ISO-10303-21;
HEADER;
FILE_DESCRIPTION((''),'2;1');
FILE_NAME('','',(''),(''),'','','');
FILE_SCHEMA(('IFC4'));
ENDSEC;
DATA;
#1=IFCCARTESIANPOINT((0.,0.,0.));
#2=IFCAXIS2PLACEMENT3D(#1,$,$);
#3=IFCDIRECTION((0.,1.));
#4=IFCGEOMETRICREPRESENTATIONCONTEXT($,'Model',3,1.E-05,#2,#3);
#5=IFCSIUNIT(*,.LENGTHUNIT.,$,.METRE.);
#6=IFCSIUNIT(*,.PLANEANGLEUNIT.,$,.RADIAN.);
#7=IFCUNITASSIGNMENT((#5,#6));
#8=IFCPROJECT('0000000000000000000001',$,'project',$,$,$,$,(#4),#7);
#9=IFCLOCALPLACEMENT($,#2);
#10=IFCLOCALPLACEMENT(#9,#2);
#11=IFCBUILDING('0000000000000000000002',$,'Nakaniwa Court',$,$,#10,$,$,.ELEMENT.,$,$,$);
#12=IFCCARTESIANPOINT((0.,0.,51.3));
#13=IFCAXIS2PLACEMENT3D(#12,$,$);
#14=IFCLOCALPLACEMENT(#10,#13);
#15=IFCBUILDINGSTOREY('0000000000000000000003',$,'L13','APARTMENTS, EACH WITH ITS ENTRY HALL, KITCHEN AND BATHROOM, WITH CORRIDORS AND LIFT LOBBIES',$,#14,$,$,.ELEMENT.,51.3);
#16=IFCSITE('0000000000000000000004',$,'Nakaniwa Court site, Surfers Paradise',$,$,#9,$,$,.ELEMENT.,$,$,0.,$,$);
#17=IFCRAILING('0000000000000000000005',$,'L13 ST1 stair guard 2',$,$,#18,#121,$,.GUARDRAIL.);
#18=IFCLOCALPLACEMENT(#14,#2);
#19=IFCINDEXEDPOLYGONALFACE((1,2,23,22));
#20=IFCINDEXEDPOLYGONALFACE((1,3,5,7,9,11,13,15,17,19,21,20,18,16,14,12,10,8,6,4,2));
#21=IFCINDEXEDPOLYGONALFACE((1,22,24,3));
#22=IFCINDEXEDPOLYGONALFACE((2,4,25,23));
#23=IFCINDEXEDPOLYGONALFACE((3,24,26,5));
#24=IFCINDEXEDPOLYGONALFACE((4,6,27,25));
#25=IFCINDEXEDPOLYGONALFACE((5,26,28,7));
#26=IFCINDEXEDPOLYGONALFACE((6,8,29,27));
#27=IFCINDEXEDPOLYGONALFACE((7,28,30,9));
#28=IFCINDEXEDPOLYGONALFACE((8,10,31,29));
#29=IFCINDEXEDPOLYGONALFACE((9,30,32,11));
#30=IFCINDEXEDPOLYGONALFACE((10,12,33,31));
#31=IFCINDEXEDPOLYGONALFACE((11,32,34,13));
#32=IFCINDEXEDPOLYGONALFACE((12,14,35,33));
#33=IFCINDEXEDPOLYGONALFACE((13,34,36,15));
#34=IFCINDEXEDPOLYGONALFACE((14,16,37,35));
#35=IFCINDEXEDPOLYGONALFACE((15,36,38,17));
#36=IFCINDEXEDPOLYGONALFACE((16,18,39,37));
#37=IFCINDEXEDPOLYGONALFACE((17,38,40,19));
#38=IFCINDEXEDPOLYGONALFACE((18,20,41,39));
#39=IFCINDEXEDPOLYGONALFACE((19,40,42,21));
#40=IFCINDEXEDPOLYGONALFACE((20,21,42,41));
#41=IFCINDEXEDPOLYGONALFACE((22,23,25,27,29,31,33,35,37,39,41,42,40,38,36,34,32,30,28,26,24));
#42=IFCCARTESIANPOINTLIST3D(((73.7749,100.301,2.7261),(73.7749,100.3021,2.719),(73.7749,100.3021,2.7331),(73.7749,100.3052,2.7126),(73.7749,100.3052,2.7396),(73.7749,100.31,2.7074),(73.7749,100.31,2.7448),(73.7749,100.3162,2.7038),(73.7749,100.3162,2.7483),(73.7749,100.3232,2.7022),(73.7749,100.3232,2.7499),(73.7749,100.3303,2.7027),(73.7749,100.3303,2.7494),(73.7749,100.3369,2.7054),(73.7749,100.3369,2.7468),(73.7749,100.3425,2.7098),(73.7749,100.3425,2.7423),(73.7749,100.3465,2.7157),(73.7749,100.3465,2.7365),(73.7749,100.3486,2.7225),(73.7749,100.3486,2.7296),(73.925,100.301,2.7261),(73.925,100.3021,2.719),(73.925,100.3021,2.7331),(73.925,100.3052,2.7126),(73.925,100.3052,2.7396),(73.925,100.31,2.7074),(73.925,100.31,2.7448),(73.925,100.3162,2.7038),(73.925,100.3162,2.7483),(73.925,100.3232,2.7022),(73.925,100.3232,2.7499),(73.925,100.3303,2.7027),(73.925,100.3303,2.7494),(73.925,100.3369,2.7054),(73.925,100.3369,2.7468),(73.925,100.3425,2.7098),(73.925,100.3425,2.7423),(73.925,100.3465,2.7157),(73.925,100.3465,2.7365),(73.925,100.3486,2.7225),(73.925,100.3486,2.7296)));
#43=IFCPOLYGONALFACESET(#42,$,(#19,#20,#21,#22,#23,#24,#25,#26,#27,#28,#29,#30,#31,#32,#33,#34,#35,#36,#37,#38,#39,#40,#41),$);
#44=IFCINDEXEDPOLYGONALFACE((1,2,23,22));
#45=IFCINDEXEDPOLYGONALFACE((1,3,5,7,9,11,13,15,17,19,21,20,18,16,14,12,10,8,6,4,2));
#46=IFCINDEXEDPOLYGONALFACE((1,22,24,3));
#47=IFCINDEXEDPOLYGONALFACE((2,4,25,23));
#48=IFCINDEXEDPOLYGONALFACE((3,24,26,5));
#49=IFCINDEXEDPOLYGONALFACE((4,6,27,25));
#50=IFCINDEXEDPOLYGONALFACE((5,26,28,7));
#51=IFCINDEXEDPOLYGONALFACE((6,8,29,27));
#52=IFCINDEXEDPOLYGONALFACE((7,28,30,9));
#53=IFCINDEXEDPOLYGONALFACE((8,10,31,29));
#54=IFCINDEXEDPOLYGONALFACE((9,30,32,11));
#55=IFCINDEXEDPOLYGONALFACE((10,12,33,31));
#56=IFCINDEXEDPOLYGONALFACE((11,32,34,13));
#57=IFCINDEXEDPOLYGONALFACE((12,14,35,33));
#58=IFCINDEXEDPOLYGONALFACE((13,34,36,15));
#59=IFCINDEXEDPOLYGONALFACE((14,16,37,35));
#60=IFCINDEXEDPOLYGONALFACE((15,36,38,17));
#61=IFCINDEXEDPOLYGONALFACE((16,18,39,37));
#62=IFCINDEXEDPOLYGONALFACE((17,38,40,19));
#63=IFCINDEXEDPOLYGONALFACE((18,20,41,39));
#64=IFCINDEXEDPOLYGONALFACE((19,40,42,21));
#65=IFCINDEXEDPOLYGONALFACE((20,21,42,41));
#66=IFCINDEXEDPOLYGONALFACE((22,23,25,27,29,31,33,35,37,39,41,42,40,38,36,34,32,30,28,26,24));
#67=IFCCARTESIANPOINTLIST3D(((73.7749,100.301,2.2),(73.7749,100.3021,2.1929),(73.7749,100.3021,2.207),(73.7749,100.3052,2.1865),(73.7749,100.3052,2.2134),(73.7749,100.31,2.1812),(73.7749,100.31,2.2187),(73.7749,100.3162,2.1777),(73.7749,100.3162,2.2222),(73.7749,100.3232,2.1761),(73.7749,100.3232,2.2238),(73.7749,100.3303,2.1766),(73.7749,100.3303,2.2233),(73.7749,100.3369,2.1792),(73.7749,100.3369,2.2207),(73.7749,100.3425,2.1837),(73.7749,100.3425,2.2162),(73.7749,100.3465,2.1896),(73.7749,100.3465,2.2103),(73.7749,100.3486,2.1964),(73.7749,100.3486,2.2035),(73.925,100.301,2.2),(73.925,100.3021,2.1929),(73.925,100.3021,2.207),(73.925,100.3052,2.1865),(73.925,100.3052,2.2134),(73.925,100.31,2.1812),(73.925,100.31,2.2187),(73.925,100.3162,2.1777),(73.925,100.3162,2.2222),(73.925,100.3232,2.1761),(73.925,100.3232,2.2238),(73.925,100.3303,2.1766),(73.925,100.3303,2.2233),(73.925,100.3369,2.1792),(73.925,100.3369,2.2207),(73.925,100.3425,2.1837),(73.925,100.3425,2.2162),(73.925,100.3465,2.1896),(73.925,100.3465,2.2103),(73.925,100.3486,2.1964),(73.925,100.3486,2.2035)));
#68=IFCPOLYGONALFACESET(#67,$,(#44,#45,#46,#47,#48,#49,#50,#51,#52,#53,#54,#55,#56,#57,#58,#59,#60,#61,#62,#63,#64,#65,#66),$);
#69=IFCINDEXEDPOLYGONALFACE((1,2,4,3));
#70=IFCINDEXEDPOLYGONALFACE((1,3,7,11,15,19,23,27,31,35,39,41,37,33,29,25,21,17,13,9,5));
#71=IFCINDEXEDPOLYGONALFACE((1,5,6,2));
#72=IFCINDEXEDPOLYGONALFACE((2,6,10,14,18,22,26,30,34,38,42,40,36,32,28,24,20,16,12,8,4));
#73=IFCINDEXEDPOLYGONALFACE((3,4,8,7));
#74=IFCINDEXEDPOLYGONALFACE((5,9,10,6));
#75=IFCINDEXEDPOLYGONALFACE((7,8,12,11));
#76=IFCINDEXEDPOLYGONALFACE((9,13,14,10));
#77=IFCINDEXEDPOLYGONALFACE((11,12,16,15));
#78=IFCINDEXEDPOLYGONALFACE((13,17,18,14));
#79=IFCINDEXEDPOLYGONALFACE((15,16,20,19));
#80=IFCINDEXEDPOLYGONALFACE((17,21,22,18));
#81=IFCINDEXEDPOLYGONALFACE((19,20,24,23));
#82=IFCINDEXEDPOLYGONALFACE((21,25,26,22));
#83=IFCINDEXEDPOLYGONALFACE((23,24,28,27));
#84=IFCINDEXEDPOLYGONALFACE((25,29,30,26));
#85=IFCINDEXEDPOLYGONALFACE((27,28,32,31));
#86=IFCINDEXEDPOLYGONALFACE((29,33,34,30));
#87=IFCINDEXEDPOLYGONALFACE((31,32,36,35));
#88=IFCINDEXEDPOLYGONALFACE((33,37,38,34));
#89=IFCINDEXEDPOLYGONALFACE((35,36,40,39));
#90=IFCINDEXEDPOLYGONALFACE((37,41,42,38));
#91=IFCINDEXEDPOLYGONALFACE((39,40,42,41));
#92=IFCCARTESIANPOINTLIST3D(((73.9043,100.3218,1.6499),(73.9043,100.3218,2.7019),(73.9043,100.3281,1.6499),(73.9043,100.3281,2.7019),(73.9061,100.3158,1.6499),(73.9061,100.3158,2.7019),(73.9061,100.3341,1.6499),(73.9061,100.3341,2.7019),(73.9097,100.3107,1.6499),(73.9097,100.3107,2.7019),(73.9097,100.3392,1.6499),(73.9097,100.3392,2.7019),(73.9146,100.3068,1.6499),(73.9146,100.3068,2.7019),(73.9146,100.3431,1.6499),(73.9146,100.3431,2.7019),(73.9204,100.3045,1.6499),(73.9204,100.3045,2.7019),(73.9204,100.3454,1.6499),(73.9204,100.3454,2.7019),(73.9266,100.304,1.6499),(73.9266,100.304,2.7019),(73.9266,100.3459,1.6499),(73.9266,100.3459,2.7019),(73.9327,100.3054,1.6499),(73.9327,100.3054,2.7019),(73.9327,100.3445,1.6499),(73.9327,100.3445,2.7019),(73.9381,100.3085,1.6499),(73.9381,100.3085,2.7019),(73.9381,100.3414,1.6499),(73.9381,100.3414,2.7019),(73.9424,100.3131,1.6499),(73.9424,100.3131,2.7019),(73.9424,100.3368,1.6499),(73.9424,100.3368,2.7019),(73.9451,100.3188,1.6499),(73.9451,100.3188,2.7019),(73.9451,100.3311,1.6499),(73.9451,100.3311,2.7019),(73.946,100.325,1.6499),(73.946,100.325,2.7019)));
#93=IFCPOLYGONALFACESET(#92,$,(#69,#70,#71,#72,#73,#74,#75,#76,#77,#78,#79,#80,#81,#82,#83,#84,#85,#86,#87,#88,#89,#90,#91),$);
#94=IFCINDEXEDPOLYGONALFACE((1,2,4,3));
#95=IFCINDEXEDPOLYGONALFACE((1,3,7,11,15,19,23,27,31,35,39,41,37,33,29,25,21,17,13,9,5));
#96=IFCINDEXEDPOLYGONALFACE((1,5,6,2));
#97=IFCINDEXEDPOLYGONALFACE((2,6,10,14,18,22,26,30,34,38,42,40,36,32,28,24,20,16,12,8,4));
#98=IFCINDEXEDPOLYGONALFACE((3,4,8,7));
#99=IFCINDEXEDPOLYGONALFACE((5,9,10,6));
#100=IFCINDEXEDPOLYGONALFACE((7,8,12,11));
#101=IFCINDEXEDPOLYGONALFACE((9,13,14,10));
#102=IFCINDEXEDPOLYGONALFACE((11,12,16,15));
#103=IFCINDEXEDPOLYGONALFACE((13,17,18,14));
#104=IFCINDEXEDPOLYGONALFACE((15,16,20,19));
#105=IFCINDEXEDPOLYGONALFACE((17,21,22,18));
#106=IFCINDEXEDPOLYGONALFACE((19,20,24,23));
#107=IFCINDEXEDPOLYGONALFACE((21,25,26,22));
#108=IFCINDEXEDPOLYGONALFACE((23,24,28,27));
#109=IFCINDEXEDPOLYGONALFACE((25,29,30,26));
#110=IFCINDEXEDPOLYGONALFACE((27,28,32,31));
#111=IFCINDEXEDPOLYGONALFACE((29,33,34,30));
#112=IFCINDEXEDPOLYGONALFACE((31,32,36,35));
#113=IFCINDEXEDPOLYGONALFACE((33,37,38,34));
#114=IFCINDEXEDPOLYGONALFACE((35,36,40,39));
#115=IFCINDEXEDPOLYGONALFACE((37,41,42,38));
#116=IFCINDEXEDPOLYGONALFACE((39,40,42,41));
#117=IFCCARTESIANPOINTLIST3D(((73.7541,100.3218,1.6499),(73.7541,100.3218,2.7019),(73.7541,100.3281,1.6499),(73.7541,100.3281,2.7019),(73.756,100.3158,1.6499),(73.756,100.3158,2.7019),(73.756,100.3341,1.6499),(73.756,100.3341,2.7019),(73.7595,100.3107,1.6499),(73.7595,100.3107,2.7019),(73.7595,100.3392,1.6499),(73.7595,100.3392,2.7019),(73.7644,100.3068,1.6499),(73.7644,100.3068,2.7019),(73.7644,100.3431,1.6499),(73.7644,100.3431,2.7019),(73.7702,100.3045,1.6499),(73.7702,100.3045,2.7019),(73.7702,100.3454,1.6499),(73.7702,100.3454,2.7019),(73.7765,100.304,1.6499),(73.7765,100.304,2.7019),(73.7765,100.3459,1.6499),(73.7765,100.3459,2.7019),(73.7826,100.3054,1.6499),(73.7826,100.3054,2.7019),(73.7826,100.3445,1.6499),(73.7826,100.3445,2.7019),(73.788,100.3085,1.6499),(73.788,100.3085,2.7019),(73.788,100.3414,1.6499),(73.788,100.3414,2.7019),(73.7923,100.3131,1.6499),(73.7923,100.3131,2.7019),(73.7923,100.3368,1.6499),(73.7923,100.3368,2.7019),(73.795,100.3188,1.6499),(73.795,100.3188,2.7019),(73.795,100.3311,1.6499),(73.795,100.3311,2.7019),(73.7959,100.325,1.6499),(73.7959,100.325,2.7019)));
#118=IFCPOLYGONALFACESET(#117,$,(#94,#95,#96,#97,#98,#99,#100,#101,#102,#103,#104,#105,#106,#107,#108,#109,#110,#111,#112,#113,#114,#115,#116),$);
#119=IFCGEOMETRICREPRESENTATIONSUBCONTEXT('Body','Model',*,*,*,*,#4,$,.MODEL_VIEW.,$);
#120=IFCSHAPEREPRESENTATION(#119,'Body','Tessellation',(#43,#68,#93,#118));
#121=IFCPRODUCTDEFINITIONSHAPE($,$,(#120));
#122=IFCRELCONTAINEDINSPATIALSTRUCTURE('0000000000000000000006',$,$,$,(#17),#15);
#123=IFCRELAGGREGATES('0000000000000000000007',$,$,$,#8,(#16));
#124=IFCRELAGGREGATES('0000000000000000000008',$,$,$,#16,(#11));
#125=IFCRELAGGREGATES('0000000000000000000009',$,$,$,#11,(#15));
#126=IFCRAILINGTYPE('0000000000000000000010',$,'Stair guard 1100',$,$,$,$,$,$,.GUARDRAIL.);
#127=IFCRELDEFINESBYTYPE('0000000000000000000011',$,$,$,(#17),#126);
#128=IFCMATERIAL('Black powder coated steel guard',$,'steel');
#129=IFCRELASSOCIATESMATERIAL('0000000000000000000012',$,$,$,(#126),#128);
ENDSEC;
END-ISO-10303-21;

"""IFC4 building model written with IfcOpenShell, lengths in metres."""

from ifc_helpers import new_model, si_unit, direction, frame, origin, origin_2d, place, context, subcontext, project, spatial, circle, extrude, material, type_object, element, save


model = new_model("IFC4")

# Units and contexts
model_context = context("Model", 3, precision=1e-05, world=origin(), true_north=direction((0.0, 1.0)))
body_context = subcontext(model_context, "Body", "Model", "MODEL_VIEW")
ifc_project = project(units=[si_unit("LENGTHUNIT", "METRE"), si_unit("PLANEANGLEUNIT", "RADIAN")], contexts=[model_context])

# Site, building, storey
site_placement = place(None, origin())
site = spatial("IfcSite", under=ifc_project, at=site_placement, Name="Nakaniwa Court site, Surfers Paradise", CompositionType="ELEMENT", RefElevation=0.0)
building_placement = place(site_placement, origin())
building = spatial("IfcBuilding", under=site, at=building_placement, Name="Nakaniwa Court", CompositionType="ELEMENT")
storey_placement = place(building_placement, frame((0.0, 0.0, 51.3)))
storey = spatial("IfcBuildingStorey", under=building, at=storey_placement, Name="L13", Description="APARTMENTS, EACH WITH ITS ENTRY HALL, KITCHEN AND BATHROOM, WITH CORRIDORS AND LIFT LOBBIES", CompositionType="ELEMENT", Elevation=51.3)

# Railing
ifc_material_1 = material(Name="Black powder coated steel guard", Category="steel")
railing_type_1 = type_object("IfcRailingType", Name="Stair guard 1100", PredefinedType="GUARDRAIL", material=ifc_material_1)
railing_1_placement = place(storey_placement, frame((73.925, 100.325, 1.6499)))
element("IfcRailing", 1, at=railing_1_placement, inside=storey, type_object=railing_type_1, Name="L13 ST1 stair guard 2", PredefinedType="GUARDRAIL", context=body_context, shape_type="SweptSolid", body=[
    extrude(circle(Radius=0.0239, at=origin_2d()), frame((0.0, 0.0, 1.0762), z_axis=(-1.0, 0.0, 0.0), x_axis=(0.0, -1.0, 0.0)), (0.0, 0.0, 1.0), 0.1501),
    extrude(circle(Radius=0.0239, at=origin_2d()), frame((0.0, 0.0, 0.55), z_axis=(-1.0, 0.0, 0.0), x_axis=(0.0, -1.0, 0.0)), (0.0, 0.0, 1.0), 0.1501),
    extrude(circle(Radius=0.021, at=origin_2d()), origin(), (0.0, 0.0, 1.0), 1.052),
    extrude(circle(Radius=0.021, at=origin_2d()), frame((-0.1501, 0.0, 0.0)), (0.0, 0.0, 1.0), 1.052),
])

save(model, "model.ifc")
